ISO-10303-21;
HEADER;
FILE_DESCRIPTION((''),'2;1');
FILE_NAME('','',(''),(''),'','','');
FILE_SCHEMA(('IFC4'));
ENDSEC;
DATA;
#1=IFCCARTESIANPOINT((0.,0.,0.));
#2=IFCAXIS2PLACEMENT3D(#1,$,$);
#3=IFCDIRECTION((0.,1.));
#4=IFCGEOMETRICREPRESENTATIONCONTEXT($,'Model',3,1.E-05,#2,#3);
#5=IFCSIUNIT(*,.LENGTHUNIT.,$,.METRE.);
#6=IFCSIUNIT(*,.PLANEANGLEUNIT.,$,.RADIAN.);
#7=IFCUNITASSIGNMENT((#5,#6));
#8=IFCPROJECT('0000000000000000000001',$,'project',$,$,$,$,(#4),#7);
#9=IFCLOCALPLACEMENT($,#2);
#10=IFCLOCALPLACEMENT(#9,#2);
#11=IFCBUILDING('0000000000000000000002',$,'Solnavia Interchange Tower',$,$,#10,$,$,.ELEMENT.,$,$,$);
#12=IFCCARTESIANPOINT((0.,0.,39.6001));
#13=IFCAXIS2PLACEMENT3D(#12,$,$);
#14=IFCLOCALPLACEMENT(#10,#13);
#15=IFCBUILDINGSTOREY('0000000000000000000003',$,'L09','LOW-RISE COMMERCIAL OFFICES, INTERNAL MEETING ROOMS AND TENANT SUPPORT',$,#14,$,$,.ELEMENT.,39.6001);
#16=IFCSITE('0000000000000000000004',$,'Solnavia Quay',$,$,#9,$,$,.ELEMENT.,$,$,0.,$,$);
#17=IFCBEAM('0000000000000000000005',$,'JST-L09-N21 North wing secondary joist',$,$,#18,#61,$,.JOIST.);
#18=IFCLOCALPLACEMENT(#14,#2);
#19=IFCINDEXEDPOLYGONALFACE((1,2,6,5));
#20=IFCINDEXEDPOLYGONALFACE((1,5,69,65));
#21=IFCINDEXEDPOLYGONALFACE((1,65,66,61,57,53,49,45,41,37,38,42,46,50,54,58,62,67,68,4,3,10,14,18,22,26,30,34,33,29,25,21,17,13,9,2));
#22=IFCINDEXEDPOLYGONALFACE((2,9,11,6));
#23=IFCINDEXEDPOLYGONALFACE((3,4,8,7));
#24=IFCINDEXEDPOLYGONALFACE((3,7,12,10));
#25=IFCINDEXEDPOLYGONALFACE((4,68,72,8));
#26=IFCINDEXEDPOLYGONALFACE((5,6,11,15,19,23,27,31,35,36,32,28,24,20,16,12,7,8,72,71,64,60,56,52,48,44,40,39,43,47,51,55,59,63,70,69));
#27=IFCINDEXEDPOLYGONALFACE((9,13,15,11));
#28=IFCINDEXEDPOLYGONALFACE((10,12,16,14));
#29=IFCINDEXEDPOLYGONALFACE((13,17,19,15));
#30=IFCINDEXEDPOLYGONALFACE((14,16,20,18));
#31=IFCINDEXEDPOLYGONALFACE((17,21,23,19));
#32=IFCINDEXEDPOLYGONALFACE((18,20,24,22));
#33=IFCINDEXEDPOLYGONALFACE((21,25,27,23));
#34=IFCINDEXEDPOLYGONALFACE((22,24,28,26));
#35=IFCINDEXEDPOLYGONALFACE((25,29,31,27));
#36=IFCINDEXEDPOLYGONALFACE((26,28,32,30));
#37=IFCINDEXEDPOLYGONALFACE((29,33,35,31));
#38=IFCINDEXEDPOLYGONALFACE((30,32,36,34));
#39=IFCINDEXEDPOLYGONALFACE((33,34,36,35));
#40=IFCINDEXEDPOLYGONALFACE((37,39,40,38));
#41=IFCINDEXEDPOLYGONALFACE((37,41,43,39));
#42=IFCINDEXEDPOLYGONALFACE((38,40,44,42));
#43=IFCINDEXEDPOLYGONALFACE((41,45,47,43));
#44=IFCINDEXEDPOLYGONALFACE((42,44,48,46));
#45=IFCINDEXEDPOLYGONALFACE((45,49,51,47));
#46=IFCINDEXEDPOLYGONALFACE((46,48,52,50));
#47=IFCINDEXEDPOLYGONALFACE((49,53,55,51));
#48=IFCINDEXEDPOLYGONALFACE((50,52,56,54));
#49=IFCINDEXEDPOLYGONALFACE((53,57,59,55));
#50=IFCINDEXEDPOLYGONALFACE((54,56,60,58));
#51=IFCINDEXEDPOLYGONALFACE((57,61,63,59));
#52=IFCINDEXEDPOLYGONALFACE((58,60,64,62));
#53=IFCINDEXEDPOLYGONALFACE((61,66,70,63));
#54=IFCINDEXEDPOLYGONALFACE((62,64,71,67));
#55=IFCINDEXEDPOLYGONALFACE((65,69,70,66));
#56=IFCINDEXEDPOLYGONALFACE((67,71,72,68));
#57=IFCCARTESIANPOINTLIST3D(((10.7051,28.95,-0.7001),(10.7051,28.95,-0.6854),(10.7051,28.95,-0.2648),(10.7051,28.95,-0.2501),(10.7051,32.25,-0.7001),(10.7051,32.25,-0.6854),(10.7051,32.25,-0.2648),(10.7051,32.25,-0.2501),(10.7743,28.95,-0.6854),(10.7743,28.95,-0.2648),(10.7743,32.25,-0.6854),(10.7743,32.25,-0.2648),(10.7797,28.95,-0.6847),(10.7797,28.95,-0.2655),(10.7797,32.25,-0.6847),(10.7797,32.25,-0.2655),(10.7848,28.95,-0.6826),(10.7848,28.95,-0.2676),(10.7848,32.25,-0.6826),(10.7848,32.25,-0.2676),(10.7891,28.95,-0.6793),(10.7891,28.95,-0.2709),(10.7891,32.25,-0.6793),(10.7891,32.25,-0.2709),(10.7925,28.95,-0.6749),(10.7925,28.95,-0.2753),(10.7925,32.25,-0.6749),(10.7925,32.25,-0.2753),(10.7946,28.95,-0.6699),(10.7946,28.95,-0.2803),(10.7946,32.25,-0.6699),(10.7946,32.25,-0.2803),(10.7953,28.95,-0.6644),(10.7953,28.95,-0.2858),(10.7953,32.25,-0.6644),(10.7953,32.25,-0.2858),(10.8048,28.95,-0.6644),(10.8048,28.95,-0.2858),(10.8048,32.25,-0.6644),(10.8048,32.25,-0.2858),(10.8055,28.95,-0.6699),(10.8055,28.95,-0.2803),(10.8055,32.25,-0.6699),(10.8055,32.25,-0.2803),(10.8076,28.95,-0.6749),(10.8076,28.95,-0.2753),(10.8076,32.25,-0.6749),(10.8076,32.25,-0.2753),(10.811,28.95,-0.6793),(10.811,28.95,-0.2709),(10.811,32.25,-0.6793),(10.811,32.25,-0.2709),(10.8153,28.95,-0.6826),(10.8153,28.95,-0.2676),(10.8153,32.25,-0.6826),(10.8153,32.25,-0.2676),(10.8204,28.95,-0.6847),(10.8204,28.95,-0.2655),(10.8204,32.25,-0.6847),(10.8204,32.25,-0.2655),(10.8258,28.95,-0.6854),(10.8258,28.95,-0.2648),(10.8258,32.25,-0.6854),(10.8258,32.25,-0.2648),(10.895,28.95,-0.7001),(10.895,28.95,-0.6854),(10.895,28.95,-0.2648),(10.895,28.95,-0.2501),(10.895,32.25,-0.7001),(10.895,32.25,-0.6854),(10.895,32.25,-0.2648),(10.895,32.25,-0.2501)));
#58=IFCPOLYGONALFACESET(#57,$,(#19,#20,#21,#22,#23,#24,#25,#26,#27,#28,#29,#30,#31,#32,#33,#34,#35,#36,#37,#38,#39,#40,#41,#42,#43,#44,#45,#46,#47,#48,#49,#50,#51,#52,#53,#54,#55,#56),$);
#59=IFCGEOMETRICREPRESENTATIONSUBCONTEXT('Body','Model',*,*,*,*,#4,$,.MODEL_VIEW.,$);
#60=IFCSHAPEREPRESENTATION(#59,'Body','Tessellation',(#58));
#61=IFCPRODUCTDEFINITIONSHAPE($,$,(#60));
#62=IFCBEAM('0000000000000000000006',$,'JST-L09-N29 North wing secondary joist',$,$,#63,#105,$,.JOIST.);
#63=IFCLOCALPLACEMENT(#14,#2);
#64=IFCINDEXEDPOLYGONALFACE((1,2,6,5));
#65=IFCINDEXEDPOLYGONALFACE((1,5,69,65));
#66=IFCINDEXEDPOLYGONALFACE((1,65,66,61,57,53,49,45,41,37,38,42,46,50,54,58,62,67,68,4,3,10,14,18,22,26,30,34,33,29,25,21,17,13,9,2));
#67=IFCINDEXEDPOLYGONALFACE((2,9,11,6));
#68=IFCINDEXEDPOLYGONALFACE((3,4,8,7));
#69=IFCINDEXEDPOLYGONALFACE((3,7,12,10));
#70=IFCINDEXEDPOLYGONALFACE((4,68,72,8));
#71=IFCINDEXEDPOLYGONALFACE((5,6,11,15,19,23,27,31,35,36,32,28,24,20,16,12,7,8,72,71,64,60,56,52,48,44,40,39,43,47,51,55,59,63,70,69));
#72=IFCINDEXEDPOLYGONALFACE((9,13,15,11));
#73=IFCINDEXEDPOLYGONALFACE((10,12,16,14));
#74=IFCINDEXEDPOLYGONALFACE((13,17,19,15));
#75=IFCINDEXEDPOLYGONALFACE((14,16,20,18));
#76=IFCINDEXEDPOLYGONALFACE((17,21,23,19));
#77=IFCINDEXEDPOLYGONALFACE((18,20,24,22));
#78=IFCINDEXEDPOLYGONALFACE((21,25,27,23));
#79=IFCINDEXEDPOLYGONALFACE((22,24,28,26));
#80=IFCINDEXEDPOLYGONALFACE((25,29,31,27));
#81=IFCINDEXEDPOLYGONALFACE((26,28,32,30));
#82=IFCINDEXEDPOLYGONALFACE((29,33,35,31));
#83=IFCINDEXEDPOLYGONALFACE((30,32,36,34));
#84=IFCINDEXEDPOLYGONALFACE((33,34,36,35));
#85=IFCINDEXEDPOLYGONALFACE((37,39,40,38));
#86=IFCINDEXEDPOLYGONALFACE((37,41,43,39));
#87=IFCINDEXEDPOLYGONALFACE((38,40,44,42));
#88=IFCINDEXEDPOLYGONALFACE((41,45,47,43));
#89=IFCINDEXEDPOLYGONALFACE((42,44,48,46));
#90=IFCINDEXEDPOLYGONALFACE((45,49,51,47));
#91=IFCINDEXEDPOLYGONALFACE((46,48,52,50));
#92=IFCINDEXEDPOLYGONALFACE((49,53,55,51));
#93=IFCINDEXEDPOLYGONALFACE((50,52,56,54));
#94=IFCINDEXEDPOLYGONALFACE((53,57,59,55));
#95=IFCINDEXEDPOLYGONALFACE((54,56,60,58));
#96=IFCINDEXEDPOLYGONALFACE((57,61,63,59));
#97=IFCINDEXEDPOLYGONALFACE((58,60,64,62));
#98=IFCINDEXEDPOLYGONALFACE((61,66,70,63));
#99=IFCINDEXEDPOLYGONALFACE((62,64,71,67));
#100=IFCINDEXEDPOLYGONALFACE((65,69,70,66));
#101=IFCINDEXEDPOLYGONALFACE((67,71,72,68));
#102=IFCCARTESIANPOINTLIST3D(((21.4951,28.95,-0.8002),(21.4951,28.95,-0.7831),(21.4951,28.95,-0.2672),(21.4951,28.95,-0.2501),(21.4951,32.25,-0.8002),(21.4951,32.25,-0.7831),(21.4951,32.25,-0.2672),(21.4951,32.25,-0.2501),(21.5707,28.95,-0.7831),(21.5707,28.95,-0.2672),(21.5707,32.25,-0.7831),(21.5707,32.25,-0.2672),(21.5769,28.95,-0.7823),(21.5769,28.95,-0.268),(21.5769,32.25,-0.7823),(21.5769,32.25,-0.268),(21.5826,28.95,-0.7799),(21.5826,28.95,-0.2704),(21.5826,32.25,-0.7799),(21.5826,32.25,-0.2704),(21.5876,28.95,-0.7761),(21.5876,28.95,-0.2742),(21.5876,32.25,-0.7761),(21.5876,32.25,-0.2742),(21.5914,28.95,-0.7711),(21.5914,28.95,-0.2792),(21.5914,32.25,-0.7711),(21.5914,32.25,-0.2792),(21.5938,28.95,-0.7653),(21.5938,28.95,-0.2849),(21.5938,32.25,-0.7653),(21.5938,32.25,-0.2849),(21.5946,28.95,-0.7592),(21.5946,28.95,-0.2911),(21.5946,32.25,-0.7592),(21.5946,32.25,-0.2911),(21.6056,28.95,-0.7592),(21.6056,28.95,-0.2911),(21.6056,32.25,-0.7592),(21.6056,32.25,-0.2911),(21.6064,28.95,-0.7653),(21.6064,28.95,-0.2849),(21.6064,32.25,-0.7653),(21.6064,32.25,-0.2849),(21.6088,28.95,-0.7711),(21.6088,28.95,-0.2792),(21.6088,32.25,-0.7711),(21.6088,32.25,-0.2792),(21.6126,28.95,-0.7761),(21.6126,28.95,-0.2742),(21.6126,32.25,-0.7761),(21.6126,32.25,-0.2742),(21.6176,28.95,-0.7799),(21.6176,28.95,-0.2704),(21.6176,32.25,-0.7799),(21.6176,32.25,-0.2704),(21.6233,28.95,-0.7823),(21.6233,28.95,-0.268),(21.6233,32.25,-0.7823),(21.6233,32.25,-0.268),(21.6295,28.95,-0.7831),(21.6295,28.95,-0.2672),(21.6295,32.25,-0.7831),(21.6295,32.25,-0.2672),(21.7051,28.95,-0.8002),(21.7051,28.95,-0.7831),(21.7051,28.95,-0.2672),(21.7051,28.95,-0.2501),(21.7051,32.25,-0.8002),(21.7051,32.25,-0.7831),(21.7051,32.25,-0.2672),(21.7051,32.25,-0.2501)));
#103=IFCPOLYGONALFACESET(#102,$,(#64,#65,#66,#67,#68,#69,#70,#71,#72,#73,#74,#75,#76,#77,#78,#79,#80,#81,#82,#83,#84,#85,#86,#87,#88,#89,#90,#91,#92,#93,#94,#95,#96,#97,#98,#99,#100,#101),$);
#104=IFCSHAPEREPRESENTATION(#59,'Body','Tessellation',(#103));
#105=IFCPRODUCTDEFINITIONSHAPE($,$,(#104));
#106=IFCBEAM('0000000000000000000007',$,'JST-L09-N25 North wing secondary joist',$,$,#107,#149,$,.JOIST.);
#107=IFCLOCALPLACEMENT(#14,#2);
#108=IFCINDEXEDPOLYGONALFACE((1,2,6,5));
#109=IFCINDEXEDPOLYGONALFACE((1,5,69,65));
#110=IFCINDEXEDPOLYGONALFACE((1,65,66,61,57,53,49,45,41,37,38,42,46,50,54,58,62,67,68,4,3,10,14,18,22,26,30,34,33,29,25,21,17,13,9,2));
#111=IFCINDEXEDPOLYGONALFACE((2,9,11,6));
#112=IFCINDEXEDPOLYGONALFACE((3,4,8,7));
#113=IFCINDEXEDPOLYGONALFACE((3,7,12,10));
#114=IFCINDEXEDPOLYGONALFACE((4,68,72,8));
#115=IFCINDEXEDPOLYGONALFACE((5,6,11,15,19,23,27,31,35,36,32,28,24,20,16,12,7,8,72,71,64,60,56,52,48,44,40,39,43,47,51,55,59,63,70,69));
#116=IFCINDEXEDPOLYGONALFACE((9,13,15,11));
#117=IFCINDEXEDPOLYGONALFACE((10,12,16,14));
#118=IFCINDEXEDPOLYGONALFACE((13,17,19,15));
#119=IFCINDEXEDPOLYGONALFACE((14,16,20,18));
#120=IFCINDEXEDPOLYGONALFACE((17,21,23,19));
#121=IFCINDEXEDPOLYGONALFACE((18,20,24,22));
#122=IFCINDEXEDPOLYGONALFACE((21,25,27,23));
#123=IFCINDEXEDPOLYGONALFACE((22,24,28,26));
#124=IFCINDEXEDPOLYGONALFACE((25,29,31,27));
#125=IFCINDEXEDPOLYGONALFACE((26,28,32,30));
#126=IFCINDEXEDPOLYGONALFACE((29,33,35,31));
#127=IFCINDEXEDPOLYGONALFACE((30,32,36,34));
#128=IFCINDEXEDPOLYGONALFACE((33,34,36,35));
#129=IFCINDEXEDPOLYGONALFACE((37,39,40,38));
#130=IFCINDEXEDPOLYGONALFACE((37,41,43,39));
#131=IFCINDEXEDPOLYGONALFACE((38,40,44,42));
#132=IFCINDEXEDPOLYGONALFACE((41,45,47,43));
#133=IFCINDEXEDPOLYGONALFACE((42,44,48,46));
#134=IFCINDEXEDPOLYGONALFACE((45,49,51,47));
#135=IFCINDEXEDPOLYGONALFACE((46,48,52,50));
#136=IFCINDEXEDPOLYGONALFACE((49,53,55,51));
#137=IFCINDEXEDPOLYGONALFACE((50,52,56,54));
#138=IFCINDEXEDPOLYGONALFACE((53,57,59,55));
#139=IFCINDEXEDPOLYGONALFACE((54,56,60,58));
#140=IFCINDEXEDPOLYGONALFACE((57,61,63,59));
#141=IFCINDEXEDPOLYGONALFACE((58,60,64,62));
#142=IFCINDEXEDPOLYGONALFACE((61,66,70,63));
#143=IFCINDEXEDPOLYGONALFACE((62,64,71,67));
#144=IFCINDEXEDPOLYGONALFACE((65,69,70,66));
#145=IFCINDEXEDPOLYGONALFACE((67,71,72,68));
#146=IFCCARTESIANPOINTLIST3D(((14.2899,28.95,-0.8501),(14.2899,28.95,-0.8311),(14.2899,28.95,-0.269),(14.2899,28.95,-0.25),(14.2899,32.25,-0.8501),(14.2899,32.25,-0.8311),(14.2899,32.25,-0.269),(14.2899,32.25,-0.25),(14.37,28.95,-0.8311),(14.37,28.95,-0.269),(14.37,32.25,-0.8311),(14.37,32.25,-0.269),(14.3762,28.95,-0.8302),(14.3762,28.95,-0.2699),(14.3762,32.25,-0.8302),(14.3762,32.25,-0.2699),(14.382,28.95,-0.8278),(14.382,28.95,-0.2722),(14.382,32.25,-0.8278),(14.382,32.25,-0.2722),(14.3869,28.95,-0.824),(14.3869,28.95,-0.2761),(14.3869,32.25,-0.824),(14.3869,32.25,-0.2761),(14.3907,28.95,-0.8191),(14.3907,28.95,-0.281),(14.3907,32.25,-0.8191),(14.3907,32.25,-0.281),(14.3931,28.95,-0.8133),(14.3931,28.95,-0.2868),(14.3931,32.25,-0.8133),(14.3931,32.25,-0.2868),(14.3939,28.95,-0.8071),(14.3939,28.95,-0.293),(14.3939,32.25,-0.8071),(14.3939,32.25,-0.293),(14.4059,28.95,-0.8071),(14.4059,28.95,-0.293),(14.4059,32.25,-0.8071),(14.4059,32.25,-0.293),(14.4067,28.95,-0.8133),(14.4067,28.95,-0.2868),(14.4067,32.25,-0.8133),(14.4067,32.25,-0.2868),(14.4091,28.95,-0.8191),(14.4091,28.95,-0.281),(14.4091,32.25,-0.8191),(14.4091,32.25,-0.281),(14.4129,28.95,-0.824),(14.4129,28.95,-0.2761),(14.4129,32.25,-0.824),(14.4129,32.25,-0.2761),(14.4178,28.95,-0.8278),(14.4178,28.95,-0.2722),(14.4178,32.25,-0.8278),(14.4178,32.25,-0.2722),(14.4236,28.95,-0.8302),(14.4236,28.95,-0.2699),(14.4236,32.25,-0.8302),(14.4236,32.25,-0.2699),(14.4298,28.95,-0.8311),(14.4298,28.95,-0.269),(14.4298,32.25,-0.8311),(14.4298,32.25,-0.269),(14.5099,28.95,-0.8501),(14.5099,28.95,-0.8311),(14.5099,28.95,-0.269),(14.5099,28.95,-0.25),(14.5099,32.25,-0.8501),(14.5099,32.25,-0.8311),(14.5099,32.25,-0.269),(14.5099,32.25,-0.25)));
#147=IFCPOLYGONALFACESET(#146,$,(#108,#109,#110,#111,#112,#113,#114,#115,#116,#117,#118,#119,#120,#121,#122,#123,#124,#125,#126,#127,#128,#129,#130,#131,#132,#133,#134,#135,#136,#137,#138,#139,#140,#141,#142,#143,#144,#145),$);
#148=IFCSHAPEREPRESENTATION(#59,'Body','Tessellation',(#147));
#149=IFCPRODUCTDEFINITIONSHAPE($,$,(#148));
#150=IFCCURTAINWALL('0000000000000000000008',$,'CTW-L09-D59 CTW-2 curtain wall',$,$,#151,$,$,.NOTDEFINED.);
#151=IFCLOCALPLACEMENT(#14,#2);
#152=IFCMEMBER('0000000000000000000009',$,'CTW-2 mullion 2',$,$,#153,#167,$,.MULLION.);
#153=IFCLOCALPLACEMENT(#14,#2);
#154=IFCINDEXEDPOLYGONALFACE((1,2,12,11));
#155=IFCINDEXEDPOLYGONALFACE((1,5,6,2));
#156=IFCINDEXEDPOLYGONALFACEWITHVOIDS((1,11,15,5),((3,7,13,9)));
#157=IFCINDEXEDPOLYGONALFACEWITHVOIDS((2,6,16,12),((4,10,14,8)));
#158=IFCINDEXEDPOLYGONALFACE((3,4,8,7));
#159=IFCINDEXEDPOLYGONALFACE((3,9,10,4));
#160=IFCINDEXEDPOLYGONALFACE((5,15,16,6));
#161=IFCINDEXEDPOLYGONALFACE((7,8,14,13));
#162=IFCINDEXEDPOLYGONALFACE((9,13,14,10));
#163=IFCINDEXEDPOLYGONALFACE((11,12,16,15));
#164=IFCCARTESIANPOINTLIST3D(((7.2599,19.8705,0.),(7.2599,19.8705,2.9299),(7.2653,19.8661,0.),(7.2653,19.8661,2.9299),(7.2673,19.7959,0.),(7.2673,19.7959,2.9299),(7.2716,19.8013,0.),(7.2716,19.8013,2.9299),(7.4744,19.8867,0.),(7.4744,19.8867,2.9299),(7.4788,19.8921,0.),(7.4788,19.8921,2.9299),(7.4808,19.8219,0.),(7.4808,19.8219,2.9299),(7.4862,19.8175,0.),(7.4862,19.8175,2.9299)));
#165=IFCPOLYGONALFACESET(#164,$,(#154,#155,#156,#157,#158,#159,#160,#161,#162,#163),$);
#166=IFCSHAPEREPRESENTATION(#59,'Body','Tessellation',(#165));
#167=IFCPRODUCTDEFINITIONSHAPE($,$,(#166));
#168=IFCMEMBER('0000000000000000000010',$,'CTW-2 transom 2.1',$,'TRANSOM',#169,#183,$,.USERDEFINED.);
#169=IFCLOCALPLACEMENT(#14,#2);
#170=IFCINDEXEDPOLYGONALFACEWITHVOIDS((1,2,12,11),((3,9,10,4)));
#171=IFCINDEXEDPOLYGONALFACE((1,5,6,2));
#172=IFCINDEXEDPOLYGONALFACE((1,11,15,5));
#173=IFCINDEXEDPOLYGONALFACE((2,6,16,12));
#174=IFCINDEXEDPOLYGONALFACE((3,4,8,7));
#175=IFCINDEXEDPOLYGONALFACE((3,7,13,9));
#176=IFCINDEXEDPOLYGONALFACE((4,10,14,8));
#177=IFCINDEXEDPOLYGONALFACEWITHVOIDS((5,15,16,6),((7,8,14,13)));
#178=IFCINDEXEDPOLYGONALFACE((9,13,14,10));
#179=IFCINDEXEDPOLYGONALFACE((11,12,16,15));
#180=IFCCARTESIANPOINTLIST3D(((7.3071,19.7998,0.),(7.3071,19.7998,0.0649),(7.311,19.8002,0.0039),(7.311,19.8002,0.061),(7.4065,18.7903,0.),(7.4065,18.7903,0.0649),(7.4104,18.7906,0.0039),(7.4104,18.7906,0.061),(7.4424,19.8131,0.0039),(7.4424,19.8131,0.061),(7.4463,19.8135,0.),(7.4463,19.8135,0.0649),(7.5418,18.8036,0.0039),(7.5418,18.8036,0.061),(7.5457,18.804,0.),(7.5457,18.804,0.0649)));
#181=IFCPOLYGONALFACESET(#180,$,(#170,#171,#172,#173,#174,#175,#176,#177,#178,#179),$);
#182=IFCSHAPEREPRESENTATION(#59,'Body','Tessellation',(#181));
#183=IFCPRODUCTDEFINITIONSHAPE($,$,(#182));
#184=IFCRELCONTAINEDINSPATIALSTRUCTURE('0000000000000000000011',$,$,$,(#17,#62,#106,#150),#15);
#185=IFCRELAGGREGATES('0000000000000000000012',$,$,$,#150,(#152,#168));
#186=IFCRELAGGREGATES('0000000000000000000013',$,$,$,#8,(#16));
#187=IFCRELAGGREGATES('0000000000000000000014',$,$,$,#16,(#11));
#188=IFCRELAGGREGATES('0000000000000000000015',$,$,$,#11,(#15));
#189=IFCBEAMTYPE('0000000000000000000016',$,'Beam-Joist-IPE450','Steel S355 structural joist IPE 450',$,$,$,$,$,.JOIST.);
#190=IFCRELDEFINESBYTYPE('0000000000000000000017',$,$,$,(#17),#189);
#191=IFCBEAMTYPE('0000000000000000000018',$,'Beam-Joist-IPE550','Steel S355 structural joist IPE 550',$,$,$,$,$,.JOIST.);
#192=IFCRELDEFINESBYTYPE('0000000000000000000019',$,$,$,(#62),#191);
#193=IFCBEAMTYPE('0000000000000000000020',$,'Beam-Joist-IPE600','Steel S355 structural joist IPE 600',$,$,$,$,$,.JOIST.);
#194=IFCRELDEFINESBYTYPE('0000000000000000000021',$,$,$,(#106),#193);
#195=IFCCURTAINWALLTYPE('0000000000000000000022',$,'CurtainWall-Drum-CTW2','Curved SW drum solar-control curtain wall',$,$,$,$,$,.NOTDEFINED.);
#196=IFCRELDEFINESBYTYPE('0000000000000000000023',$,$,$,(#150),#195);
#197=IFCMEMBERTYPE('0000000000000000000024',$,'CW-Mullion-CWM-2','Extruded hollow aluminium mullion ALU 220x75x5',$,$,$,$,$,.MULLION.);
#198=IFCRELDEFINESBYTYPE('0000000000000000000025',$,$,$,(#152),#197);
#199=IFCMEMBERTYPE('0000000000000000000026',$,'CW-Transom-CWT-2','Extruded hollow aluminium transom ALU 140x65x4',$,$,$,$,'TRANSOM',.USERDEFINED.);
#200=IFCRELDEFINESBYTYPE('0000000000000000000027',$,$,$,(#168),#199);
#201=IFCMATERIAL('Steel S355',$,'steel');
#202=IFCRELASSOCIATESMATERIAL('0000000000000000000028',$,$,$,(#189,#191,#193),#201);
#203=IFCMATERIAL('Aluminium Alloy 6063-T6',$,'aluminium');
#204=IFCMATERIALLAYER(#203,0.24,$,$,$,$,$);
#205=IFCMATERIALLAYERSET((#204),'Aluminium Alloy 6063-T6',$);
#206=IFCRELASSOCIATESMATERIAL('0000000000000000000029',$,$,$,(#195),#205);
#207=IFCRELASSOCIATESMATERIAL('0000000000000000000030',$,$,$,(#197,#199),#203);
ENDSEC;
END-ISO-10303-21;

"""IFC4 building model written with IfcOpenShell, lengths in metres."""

from ifc_helpers import new_model, si_unit, direction, frame, origin, origin_2d, place, context, subcontext, project, spatial, hollow_rectangle, i_section, extrude, material, layer, layer_set, material_profile, profile_set, type_object, element, aggregate, save


model = new_model("IFC4")

# Units and contexts
model_context = context("Model", 3, precision=1e-05, world=origin(), true_north=direction((0.0, 1.0)))
body_context = subcontext(model_context, "Body", "Model", "MODEL_VIEW")
ifc_project = project(units=[si_unit("LENGTHUNIT", "METRE"), si_unit("PLANEANGLEUNIT", "RADIAN")], contexts=[model_context])

# Site, building, storey
site_placement = place(None, origin())
site = spatial("IfcSite", under=ifc_project, at=site_placement, Name="Solnavia Quay", CompositionType="ELEMENT", RefElevation=0.0)
building_placement = place(site_placement, origin())
building = spatial("IfcBuilding", under=site, at=building_placement, Name="Solnavia Interchange Tower", CompositionType="ELEMENT")
storey_placement = place(building_placement, frame((0.0, 0.0, 39.6001)))
storey = spatial("IfcBuildingStorey", under=building, at=storey_placement, Name="L09", Description="LOW-RISE COMMERCIAL OFFICES, INTERNAL MEETING ROOMS AND TENANT SUPPORT", CompositionType="ELEMENT", Elevation=39.6001)

# Shared definitions
ifc_material_1 = material(Name="Steel S355", Category="steel")

# Beams
ifc_material_profile_1 = material_profile(ifc_material_1, i_section(OverallWidth=0.1899, OverallDepth=0.45, WebThickness=0.0095, FlangeThickness=0.0146, FilletRadius=0.021, at=origin_2d()), Name="IPE 450")
ifc_profile_set_1 = profile_set([ifc_material_profile_1], Name="Steel S355")
beam_type_1 = type_object("IfcBeamType", Name="Beam-Joist-IPE450", Description="Steel S355 structural joist IPE 450", PredefinedType="JOIST", material=ifc_profile_set_1)
beam_1_placement = place(storey_placement, frame((10.8, 28.95, -0.4751), z_axis=(0.0, 1.0, 0.0), x_axis=(-1.0, 0.0, 0.0)))
element("IfcBeam", 1, at=beam_1_placement, inside=storey, type_object=beam_type_1, Name="JST-L09-N21 North wing secondary joist", PredefinedType="JOIST", context=body_context, shape_type="SweptSolid", body=[
    extrude(i_section(OverallWidth=0.1899, OverallDepth=0.45, WebThickness=0.0095, FlangeThickness=0.0146, FilletRadius=0.021, at=origin_2d()), origin(), (0.0, 0.0, 1.0), 3.3),
])
ifc_material_profile_2 = material_profile(ifc_material_1, i_section(OverallWidth=0.21, OverallDepth=0.55, WebThickness=0.011, FlangeThickness=0.0171, FilletRadius=0.0239, at=origin_2d()), Name="IPE 550")
ifc_profile_set_2 = profile_set([ifc_material_profile_2], Name="Steel S355")
beam_type_2 = type_object("IfcBeamType", Name="Beam-Joist-IPE550", Description="Steel S355 structural joist IPE 550", PredefinedType="JOIST", material=ifc_profile_set_2)
beam_2_placement = place(storey_placement, frame((21.6001, 28.95, -0.5251), z_axis=(0.0, 1.0, 0.0), x_axis=(-1.0, 0.0, 0.0)))
element("IfcBeam", 2, at=beam_2_placement, inside=storey, type_object=beam_type_2, Name="JST-L09-N29 North wing secondary joist", PredefinedType="JOIST", context=body_context, shape_type="SweptSolid", body=[
    extrude(i_section(OverallWidth=0.21, OverallDepth=0.55, WebThickness=0.011, FlangeThickness=0.0171, FilletRadius=0.0239, at=origin_2d()), origin(), (0.0, 0.0, 1.0), 3.3),
])
ifc_material_profile_3 = material_profile(ifc_material_1, i_section(OverallWidth=0.22, OverallDepth=0.6001, WebThickness=0.012, FlangeThickness=0.019, FilletRadius=0.0239, at=origin_2d()), Name="IPE 600")
ifc_profile_set_3 = profile_set([ifc_material_profile_3], Name="Steel S355")
beam_type_3 = type_object("IfcBeamType", Name="Beam-Joist-IPE600", Description="Steel S355 structural joist IPE 600", PredefinedType="JOIST", material=ifc_profile_set_3)
beam_3_placement = place(storey_placement, frame((14.3999, 28.95, -0.55), z_axis=(0.0, 1.0, 0.0), x_axis=(-1.0, 0.0, 0.0)))
element("IfcBeam", 3, at=beam_3_placement, inside=storey, type_object=beam_type_3, Name="JST-L09-N25 North wing secondary joist", PredefinedType="JOIST", context=body_context, shape_type="SweptSolid", body=[
    extrude(i_section(OverallWidth=0.22, OverallDepth=0.6001, WebThickness=0.012, FlangeThickness=0.019, FilletRadius=0.0239, at=origin_2d()), origin(), (0.0, 0.0, 1.0), 3.3),
])

# Curtain wall, members
ifc_material_2 = material(Name="Aluminium Alloy 6063-T6", Category="aluminium")
ifc_layer_1 = layer(ifc_material_2, 0.24)
ifc_layer_set_1 = layer_set([ifc_layer_1], Name="Aluminium Alloy 6063-T6")
curtain_wall_type = type_object("IfcCurtainWallType", Name="CurtainWall-Drum-CTW2", Description="Curved SW drum solar-control curtain wall", PredefinedType="NOTDEFINED", material=ifc_layer_set_1)
curtain_wall_placement = place(storey_placement, origin())
curtain_wall = element("IfcCurtainWall", 4, at=curtain_wall_placement, inside=storey, type_object=curtain_wall_type, Name="CTW-L09-D59 CTW-2 curtain wall", PredefinedType="NOTDEFINED")
ifc_material_profile_4 = material_profile(ifc_material_2, hollow_rectangle(XDim=0.075, YDim=0.22, WallThickness=0.0049, at=origin_2d()), Name="ALU 220x75x5")
ifc_profile_set_4 = profile_set([ifc_material_profile_4], Name="Aluminium Alloy 6063-T6")
member_type_1 = type_object("IfcMemberType", Name="CW-Mullion-CWM-2", Description="Extruded hollow aluminium mullion ALU 220x75x5", PredefinedType="MULLION", material=ifc_profile_set_4)
member_1_placement = place(storey_placement, frame((7.373, 19.844, 0.0), z_axis=(0.0, 0.0, 1.0), x_axis=(0.098045, -0.995182, 0.0)))
member_1 = element("IfcMember", 5, at=member_1_placement, type_object=member_type_1, Name="CTW-2 mullion 2", PredefinedType="MULLION", context=body_context, shape_type="SweptSolid", body=[
    extrude(hollow_rectangle(XDim=0.075, YDim=0.22, WallThickness=0.0049, at=origin_2d()), origin(), (0.0, 0.0, 1.0), 2.9299),
])
ifc_material_profile_5 = material_profile(ifc_material_2, hollow_rectangle(XDim=0.0649, YDim=0.1399, WallThickness=0.0039, at=origin_2d()), Name="ALU 140x65x4")
ifc_profile_set_5 = profile_set([ifc_material_profile_5], Name="Aluminium Alloy 6063-T6")
member_type_2 = type_object("IfcMemberType", Name="CW-Transom-CWT-2", Description="Extruded hollow aluminium transom ALU 140x65x4", ElementType="TRANSOM", PredefinedType="USERDEFINED", material=ifc_profile_set_5)
member_2_placement = place(storey_placement, frame((7.3767, 19.8066, 0.0325), z_axis=(0.097955, -0.995191, 0.0), x_axis=(0.0, 0.0, 1.0)))
member_2 = element("IfcMember", 6, at=member_2_placement, type_object=member_type_2, Name="CTW-2 transom 2.1", ObjectType="TRANSOM", PredefinedType="USERDEFINED", context=body_context, shape_type="SweptSolid", body=[
    extrude(hollow_rectangle(XDim=0.0649, YDim=0.1399, WallThickness=0.0039, at=origin_2d()), origin(), (0.0, 0.0, 1.0), 1.0144),
])
aggregate(curtain_wall, [member_1, member_2])

save(model, "model.ifc")
